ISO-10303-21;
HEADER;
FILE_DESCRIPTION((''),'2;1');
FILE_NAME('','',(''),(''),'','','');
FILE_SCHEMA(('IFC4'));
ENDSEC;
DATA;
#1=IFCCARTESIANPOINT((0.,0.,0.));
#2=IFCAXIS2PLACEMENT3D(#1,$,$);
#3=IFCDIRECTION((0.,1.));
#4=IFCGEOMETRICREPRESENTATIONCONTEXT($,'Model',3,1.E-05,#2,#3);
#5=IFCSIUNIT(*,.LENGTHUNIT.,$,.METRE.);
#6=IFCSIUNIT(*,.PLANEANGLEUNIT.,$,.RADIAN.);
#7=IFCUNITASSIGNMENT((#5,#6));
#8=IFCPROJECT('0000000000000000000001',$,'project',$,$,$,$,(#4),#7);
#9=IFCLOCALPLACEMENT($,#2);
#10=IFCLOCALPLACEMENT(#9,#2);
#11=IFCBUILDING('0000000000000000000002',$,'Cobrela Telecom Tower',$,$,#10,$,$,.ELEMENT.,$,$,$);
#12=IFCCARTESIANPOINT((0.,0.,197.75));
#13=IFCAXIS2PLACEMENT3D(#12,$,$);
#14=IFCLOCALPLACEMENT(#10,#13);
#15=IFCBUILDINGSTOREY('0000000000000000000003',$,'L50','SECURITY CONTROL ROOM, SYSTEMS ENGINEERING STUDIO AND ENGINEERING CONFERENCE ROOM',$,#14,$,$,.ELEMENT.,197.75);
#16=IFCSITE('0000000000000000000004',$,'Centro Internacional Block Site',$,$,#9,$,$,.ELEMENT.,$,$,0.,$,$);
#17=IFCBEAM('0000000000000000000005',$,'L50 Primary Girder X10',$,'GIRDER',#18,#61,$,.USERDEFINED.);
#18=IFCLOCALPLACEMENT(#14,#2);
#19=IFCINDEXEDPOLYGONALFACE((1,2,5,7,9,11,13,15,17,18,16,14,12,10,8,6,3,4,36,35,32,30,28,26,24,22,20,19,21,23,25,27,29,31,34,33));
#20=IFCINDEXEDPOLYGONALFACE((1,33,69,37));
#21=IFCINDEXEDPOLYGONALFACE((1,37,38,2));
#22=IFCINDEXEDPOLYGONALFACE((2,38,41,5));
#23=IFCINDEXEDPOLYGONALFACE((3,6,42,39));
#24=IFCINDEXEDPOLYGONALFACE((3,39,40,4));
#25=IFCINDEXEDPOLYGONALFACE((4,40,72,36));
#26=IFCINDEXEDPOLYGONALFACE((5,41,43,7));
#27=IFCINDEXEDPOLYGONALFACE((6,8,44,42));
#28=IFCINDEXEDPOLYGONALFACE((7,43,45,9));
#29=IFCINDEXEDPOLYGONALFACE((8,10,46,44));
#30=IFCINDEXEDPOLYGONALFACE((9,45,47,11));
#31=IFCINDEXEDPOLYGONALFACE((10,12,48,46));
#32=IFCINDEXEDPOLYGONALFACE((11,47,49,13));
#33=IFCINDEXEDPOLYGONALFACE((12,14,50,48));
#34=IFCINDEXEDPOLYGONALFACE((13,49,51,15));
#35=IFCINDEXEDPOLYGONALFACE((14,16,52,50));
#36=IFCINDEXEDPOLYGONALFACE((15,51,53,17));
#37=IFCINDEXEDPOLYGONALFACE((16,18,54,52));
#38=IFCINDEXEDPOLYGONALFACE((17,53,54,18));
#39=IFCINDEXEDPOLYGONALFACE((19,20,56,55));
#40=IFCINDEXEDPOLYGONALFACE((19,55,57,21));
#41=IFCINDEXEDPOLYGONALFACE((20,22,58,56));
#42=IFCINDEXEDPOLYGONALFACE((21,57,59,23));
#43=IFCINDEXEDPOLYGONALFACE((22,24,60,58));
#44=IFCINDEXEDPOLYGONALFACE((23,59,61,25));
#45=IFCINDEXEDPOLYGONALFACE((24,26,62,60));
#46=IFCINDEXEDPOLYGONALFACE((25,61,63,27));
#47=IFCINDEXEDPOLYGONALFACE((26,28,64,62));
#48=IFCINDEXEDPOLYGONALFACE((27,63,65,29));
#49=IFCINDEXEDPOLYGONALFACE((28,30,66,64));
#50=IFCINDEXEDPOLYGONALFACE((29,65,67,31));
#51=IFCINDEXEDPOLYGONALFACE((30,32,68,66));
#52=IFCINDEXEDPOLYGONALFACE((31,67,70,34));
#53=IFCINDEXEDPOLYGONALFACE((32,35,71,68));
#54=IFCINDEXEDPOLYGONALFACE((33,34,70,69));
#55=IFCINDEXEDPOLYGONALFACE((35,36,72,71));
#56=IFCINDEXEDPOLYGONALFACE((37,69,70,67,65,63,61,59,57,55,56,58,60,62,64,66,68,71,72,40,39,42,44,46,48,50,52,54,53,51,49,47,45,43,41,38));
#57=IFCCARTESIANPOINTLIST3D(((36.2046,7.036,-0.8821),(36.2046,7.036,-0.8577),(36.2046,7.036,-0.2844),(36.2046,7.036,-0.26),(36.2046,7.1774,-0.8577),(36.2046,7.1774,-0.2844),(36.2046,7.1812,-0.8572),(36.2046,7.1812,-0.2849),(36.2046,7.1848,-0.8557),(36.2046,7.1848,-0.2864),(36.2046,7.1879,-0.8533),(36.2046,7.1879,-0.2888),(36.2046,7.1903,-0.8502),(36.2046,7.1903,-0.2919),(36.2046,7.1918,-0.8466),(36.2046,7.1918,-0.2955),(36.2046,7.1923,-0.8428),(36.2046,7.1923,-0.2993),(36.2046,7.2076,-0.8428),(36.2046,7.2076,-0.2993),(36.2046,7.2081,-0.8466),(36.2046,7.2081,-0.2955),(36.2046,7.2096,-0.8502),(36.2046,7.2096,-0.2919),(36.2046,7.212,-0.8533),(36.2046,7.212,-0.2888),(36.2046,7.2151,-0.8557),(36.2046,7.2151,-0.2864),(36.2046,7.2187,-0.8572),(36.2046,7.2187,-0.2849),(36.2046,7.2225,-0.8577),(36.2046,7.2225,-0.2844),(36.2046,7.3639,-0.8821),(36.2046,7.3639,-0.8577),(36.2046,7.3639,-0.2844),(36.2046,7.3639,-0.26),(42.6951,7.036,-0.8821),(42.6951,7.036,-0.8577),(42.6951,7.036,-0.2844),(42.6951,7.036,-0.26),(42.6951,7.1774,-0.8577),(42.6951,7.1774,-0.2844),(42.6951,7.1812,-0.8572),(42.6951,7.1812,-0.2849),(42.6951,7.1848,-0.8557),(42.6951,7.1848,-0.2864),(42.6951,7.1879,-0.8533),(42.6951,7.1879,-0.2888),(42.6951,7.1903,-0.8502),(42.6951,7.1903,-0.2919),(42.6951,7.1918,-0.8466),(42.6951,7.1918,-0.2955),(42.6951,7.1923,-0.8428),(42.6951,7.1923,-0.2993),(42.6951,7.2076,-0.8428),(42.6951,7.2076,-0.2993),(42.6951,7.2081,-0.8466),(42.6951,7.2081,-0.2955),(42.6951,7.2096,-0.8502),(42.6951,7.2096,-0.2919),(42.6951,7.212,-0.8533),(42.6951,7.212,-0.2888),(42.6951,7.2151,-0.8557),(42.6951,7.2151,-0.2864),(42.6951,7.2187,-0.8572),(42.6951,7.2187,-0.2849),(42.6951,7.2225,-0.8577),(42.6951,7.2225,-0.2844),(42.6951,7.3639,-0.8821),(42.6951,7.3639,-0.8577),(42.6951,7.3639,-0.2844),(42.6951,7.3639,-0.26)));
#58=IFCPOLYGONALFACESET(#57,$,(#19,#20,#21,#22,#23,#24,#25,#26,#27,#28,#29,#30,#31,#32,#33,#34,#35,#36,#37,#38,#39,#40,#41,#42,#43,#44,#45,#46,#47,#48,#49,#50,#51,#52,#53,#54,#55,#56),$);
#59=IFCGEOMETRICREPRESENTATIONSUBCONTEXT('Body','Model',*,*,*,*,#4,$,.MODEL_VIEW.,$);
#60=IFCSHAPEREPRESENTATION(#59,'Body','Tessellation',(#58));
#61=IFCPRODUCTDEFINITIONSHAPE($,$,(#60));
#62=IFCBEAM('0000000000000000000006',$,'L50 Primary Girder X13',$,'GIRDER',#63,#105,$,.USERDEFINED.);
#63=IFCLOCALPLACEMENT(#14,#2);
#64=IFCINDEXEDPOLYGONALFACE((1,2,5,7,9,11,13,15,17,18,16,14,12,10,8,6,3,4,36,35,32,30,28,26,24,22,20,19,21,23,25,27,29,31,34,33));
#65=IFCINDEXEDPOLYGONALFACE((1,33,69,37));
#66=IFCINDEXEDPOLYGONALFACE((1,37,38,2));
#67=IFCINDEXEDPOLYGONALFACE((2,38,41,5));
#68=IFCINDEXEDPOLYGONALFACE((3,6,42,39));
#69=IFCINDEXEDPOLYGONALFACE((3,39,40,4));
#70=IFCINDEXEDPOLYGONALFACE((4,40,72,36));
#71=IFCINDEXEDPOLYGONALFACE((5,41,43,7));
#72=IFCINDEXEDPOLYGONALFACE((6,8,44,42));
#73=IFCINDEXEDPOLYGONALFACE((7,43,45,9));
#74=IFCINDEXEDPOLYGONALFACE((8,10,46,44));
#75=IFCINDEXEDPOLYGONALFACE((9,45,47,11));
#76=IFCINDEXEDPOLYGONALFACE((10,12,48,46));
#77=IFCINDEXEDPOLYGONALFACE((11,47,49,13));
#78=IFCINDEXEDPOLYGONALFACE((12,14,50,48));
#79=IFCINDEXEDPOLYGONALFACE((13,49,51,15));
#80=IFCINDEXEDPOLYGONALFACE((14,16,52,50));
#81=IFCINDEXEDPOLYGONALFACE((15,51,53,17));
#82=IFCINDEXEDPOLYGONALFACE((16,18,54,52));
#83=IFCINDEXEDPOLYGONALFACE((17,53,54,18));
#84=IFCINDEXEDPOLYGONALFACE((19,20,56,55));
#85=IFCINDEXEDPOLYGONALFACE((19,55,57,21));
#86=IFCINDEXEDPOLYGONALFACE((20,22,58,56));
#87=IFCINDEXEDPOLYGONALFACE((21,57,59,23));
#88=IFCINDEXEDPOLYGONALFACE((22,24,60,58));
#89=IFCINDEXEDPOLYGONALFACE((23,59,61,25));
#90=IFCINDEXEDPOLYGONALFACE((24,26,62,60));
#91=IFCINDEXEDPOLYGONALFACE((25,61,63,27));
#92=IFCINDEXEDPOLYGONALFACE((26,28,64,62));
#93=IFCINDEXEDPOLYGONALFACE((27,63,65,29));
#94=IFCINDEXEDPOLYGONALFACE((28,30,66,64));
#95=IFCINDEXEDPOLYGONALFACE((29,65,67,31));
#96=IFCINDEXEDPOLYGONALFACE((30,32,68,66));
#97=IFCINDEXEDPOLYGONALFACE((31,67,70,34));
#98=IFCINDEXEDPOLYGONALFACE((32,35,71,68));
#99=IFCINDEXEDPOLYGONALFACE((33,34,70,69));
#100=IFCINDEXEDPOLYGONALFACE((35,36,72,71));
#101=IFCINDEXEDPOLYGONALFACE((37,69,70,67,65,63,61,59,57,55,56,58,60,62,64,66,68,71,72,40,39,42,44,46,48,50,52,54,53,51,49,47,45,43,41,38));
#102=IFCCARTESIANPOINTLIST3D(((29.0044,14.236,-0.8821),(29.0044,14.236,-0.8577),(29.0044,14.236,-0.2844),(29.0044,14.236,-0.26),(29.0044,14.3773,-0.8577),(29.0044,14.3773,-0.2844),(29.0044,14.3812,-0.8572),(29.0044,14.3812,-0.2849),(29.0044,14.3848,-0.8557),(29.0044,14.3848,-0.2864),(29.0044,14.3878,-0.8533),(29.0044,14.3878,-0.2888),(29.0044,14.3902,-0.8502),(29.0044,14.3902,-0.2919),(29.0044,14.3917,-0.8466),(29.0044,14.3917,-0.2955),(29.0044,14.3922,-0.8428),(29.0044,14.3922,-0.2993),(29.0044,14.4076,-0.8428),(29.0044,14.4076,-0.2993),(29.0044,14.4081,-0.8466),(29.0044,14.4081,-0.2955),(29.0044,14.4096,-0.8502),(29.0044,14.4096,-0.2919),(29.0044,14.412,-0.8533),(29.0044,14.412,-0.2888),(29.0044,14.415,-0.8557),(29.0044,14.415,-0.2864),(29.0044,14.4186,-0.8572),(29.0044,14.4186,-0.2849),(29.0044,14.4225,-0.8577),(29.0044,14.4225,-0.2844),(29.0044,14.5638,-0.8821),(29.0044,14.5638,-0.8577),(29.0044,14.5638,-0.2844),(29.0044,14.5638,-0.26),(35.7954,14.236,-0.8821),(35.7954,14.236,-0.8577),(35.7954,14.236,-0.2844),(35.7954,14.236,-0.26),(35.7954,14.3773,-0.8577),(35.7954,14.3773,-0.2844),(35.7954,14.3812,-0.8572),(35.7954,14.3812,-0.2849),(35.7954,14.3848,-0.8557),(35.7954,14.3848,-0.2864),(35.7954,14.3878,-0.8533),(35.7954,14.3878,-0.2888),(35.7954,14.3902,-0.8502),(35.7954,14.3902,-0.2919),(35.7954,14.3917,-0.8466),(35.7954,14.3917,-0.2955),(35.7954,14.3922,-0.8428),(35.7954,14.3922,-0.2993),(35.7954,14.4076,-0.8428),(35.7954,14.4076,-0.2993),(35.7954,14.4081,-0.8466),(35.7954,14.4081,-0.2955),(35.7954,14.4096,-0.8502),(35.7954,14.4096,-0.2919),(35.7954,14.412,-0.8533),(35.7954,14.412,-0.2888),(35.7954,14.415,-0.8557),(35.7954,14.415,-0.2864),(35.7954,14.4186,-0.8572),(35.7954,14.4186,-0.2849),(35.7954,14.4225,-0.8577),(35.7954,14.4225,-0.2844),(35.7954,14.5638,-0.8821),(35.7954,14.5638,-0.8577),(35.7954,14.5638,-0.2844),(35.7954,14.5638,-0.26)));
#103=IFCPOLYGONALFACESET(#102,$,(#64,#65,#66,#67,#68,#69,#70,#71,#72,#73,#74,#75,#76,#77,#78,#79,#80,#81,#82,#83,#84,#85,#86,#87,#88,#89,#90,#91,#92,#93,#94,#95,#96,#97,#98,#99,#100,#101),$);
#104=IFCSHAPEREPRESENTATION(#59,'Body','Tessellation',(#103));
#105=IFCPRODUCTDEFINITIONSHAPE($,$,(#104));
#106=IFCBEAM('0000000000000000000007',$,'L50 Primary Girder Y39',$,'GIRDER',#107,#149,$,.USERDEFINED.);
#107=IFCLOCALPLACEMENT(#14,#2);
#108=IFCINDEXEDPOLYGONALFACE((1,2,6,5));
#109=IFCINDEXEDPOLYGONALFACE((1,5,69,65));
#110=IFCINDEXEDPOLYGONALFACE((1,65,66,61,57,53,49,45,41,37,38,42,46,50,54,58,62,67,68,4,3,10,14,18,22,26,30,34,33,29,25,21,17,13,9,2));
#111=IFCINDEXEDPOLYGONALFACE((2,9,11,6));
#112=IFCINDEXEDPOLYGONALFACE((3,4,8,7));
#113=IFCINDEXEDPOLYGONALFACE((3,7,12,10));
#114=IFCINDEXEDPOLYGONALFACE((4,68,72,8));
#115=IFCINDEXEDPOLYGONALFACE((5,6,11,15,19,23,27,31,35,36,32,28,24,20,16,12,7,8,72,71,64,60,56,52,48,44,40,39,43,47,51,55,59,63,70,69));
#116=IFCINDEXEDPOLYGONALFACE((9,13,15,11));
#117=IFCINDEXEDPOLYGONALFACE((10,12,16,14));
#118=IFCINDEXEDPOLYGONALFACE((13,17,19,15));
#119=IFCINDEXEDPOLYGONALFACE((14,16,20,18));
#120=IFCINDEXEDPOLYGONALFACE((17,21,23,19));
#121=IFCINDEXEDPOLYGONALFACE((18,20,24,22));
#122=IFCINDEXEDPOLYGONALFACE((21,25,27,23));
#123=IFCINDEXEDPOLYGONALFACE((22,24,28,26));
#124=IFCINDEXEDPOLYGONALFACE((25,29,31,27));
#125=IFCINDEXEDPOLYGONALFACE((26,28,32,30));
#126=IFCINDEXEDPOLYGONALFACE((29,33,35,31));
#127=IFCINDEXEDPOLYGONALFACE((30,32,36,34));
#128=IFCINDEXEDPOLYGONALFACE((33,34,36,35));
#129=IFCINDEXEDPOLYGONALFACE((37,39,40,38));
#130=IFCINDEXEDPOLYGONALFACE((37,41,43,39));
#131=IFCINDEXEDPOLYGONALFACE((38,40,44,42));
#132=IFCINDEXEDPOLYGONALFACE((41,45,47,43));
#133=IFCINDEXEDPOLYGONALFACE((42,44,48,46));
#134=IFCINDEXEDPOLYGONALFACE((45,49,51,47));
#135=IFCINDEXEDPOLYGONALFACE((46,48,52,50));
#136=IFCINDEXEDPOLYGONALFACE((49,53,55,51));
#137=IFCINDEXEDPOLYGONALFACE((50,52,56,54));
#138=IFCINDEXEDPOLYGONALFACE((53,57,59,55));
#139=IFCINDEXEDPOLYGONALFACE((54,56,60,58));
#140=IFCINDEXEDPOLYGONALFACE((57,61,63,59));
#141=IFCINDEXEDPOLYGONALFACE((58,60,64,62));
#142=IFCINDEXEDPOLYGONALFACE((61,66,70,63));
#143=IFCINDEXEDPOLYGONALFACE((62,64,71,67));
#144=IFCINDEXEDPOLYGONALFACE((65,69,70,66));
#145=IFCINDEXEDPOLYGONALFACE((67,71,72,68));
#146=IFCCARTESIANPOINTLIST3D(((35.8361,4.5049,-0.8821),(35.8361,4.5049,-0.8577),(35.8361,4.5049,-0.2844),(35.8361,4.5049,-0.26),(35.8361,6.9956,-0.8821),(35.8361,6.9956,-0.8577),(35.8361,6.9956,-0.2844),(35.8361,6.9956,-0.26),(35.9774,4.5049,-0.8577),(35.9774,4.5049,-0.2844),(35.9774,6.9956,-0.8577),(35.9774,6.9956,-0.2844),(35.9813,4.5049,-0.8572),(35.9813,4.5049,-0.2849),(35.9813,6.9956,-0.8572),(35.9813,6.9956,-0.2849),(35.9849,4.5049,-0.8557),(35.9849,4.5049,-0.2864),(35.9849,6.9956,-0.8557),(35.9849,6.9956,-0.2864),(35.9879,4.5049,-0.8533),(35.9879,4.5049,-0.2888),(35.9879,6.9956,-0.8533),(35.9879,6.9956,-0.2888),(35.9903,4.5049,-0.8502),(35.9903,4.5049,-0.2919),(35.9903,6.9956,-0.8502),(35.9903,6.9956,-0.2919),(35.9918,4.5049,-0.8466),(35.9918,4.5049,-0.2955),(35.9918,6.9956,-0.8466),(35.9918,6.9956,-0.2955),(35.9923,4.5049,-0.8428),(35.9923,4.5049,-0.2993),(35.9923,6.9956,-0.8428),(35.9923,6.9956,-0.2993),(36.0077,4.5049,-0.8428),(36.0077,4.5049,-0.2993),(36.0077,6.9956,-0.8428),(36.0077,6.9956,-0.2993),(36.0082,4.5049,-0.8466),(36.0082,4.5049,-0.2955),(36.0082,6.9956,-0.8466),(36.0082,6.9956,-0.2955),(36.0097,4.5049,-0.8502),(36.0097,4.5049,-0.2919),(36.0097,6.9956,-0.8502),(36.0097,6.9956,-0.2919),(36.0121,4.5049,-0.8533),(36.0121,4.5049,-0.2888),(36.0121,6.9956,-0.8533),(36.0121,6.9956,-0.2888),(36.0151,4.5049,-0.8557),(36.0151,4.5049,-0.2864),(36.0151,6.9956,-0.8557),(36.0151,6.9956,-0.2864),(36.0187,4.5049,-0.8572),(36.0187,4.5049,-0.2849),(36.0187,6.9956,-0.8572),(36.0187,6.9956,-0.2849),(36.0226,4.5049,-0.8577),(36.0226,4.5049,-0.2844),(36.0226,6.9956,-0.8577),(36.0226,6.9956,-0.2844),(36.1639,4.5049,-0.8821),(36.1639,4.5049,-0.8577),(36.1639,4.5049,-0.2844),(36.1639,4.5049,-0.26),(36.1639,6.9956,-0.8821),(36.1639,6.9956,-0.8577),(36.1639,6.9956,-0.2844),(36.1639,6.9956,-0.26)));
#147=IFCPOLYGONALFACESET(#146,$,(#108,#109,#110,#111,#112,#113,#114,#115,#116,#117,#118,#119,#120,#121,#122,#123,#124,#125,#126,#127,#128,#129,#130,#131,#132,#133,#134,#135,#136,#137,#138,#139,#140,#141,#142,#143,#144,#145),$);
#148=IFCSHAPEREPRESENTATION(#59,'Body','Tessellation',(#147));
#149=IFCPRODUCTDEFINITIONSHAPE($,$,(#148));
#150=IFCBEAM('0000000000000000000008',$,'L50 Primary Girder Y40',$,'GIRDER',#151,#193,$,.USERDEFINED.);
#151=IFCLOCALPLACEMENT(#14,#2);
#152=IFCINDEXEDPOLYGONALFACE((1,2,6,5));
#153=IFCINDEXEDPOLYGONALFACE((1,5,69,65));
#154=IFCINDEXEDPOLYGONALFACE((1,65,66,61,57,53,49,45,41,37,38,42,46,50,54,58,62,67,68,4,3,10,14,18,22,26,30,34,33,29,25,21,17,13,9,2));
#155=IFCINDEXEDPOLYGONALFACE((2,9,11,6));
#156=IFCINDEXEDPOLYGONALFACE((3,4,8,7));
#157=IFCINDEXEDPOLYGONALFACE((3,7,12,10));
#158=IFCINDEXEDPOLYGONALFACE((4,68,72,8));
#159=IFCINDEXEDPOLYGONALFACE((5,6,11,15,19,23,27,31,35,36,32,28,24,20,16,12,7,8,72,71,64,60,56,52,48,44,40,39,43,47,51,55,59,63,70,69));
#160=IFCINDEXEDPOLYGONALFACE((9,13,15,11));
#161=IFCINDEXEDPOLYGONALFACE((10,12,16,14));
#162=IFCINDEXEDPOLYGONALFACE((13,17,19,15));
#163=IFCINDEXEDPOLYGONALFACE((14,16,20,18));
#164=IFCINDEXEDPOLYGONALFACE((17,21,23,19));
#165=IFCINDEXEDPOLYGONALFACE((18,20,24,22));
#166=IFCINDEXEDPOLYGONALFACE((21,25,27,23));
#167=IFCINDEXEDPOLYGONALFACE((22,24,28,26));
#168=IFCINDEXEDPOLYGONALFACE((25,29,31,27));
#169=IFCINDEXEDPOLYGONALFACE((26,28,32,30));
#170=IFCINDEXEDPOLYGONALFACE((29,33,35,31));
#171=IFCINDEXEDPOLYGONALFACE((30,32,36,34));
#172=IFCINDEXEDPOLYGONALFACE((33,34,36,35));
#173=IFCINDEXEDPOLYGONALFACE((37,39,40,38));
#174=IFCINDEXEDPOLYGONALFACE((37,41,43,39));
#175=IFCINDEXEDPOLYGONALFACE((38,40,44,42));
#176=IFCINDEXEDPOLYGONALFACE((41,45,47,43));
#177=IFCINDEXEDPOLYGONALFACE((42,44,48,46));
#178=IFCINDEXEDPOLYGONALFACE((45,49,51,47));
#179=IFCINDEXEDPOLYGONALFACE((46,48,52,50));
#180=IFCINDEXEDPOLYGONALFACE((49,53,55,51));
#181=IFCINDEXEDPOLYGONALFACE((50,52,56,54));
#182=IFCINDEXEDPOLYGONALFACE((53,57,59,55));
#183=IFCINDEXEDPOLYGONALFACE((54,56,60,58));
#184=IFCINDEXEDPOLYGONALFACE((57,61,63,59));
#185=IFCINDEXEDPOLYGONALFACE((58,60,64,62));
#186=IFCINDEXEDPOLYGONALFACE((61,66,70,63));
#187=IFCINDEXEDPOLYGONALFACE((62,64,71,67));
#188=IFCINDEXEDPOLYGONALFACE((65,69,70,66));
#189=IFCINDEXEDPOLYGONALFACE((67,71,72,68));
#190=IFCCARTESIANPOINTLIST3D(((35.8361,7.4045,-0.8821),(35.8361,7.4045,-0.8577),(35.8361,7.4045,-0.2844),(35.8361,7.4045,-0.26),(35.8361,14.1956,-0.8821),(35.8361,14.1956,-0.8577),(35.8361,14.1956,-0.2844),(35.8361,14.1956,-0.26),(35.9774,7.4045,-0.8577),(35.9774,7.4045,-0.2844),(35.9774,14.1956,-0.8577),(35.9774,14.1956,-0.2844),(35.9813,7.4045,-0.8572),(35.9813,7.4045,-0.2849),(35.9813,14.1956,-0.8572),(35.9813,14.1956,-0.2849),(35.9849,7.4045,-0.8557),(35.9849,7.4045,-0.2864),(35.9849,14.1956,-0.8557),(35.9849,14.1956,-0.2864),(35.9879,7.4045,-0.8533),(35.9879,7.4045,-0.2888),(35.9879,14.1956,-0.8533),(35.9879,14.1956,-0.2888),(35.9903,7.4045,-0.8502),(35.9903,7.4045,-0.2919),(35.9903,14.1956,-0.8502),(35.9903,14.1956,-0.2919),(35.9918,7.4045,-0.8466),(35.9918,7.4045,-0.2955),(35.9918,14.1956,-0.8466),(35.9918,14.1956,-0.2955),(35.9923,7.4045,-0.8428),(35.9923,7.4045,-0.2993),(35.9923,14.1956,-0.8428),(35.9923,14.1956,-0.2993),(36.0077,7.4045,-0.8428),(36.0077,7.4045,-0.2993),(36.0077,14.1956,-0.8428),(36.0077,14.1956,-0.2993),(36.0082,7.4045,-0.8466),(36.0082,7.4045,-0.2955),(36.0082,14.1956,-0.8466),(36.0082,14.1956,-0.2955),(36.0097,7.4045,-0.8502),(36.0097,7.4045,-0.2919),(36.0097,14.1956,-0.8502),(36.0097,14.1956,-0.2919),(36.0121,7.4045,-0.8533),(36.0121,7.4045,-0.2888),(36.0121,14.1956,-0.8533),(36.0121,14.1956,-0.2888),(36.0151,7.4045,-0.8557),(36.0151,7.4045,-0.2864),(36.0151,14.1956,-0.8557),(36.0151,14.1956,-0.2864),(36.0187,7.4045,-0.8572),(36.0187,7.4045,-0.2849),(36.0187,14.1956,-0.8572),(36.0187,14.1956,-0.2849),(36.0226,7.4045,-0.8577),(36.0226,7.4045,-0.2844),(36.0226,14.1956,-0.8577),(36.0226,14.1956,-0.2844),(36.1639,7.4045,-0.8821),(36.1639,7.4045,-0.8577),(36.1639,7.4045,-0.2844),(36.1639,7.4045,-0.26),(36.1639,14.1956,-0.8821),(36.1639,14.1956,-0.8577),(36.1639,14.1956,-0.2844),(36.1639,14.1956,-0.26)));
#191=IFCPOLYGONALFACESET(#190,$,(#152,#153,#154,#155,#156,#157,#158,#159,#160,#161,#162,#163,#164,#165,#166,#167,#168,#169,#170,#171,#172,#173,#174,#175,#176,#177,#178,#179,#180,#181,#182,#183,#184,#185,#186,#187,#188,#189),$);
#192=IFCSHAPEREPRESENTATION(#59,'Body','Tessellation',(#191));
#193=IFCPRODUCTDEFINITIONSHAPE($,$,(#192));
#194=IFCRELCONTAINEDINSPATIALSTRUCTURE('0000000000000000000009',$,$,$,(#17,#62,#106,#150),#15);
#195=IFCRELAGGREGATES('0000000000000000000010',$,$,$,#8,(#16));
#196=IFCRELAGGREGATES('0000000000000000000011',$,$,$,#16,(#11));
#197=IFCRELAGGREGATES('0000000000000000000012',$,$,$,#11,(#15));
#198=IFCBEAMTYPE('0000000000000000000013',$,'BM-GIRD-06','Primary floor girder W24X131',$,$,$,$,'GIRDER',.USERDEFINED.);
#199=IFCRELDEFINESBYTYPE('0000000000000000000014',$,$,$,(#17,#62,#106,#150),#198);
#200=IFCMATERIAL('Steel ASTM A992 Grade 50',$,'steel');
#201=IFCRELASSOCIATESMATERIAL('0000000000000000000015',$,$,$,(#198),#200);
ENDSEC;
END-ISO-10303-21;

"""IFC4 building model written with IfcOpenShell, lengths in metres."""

from ifc_helpers import new_model, si_unit, direction, frame, origin, origin_2d, place, context, subcontext, project, spatial, i_section, extrude, material, material_profile, profile_set, type_object, element, save


model = new_model("IFC4")

# Units and contexts
model_context = context("Model", 3, precision=1e-05, world=origin(), true_north=direction((0.0, 1.0)))
body_context = subcontext(model_context, "Body", "Model", "MODEL_VIEW")
ifc_project = project(units=[si_unit("LENGTHUNIT", "METRE"), si_unit("PLANEANGLEUNIT", "RADIAN")], contexts=[model_context])

# Site, building, storey
site_placement = place(None, origin())
site = spatial("IfcSite", under=ifc_project, at=site_placement, Name="Centro Internacional Block Site", CompositionType="ELEMENT", RefElevation=0.0)
building_placement = place(site_placement, origin())
building = spatial("IfcBuilding", under=site, at=building_placement, Name="Cobrela Telecom Tower", CompositionType="ELEMENT")
storey_placement = place(building_placement, frame((0.0, 0.0, 197.75)))
storey = spatial("IfcBuildingStorey", under=building, at=storey_placement, Name="L50", Description="SECURITY CONTROL ROOM, SYSTEMS ENGINEERING STUDIO AND ENGINEERING CONFERENCE ROOM", CompositionType="ELEMENT", Elevation=197.75)

# Shared definitions
ifc_material_1 = material(Name="Steel ASTM A992 Grade 50", Category="steel")

# Beams
ifc_material_profile_1 = material_profile(ifc_material_1, i_section(OverallWidth=0.3279, OverallDepth=0.6221, WebThickness=0.0154, FlangeThickness=0.0244, FilletRadius=0.0149, at=origin_2d()), Name="W24X131")
ifc_profile_set_1 = profile_set([ifc_material_profile_1], Name="Steel ASTM A992 Grade 50")
beam_type_1 = type_object("IfcBeamType", Name="BM-GIRD-06", Description="Primary floor girder W24X131", ElementType="GIRDER", PredefinedType="USERDEFINED", material=ifc_profile_set_1)
beam_1_placement = place(storey_placement, frame((36.2046, 7.2, -0.571), z_axis=(1.0, 0.0, 0.0), x_axis=(0.0, 1.0, 0.0)))
element("IfcBeam", 1, at=beam_1_placement, inside=storey, type_object=beam_type_1, Name="L50 Primary Girder X10", ObjectType="GIRDER", PredefinedType="USERDEFINED", context=body_context, shape_type="SweptSolid", body=[
    extrude(i_section(OverallWidth=0.3279, OverallDepth=0.6221, WebThickness=0.0154, FlangeThickness=0.0244, FilletRadius=0.0149, at=origin_2d()), origin(), (0.0, 0.0, 1.0), 6.4905),
])
beam_2_placement = place(storey_placement, frame((29.0044, 14.3999, -0.571), z_axis=(1.0, 0.0, 0.0), x_axis=(0.0, 1.0, 0.0)))
element("IfcBeam", 2, at=beam_2_placement, inside=storey, type_object=beam_type_1, Name="L50 Primary Girder X13", ObjectType="GIRDER", PredefinedType="USERDEFINED", context=body_context, shape_type="SweptSolid", body=[
    extrude(i_section(OverallWidth=0.3279, OverallDepth=0.6221, WebThickness=0.0154, FlangeThickness=0.0244, FilletRadius=0.0149, at=origin_2d()), origin(), (0.0, 0.0, 1.0), 6.791),
])
beam_3_placement = place(storey_placement, frame((36.0, 4.5049, -0.571), z_axis=(0.0, 1.0, 0.0), x_axis=(-1.0, 0.0, 0.0)))
element("IfcBeam", 3, at=beam_3_placement, inside=storey, type_object=beam_type_1, Name="L50 Primary Girder Y39", ObjectType="GIRDER", PredefinedType="USERDEFINED", context=body_context, shape_type="SweptSolid", body=[
    extrude(i_section(OverallWidth=0.3279, OverallDepth=0.6221, WebThickness=0.0154, FlangeThickness=0.0244, FilletRadius=0.0149, at=origin_2d()), origin(), (0.0, 0.0, 1.0), 2.4907),
])
beam_4_placement = place(storey_placement, frame((36.0, 7.4045, -0.571), z_axis=(0.0, 1.0, 0.0), x_axis=(-1.0, 0.0, 0.0)))
element("IfcBeam", 4, at=beam_4_placement, inside=storey, type_object=beam_type_1, Name="L50 Primary Girder Y40", ObjectType="GIRDER", PredefinedType="USERDEFINED", context=body_context, shape_type="SweptSolid", body=[
    extrude(i_section(OverallWidth=0.3279, OverallDepth=0.6221, WebThickness=0.0154, FlangeThickness=0.0244, FilletRadius=0.0149, at=origin_2d()), origin(), (0.0, 0.0, 1.0), 6.791),
])

save(model, "model.ifc")
